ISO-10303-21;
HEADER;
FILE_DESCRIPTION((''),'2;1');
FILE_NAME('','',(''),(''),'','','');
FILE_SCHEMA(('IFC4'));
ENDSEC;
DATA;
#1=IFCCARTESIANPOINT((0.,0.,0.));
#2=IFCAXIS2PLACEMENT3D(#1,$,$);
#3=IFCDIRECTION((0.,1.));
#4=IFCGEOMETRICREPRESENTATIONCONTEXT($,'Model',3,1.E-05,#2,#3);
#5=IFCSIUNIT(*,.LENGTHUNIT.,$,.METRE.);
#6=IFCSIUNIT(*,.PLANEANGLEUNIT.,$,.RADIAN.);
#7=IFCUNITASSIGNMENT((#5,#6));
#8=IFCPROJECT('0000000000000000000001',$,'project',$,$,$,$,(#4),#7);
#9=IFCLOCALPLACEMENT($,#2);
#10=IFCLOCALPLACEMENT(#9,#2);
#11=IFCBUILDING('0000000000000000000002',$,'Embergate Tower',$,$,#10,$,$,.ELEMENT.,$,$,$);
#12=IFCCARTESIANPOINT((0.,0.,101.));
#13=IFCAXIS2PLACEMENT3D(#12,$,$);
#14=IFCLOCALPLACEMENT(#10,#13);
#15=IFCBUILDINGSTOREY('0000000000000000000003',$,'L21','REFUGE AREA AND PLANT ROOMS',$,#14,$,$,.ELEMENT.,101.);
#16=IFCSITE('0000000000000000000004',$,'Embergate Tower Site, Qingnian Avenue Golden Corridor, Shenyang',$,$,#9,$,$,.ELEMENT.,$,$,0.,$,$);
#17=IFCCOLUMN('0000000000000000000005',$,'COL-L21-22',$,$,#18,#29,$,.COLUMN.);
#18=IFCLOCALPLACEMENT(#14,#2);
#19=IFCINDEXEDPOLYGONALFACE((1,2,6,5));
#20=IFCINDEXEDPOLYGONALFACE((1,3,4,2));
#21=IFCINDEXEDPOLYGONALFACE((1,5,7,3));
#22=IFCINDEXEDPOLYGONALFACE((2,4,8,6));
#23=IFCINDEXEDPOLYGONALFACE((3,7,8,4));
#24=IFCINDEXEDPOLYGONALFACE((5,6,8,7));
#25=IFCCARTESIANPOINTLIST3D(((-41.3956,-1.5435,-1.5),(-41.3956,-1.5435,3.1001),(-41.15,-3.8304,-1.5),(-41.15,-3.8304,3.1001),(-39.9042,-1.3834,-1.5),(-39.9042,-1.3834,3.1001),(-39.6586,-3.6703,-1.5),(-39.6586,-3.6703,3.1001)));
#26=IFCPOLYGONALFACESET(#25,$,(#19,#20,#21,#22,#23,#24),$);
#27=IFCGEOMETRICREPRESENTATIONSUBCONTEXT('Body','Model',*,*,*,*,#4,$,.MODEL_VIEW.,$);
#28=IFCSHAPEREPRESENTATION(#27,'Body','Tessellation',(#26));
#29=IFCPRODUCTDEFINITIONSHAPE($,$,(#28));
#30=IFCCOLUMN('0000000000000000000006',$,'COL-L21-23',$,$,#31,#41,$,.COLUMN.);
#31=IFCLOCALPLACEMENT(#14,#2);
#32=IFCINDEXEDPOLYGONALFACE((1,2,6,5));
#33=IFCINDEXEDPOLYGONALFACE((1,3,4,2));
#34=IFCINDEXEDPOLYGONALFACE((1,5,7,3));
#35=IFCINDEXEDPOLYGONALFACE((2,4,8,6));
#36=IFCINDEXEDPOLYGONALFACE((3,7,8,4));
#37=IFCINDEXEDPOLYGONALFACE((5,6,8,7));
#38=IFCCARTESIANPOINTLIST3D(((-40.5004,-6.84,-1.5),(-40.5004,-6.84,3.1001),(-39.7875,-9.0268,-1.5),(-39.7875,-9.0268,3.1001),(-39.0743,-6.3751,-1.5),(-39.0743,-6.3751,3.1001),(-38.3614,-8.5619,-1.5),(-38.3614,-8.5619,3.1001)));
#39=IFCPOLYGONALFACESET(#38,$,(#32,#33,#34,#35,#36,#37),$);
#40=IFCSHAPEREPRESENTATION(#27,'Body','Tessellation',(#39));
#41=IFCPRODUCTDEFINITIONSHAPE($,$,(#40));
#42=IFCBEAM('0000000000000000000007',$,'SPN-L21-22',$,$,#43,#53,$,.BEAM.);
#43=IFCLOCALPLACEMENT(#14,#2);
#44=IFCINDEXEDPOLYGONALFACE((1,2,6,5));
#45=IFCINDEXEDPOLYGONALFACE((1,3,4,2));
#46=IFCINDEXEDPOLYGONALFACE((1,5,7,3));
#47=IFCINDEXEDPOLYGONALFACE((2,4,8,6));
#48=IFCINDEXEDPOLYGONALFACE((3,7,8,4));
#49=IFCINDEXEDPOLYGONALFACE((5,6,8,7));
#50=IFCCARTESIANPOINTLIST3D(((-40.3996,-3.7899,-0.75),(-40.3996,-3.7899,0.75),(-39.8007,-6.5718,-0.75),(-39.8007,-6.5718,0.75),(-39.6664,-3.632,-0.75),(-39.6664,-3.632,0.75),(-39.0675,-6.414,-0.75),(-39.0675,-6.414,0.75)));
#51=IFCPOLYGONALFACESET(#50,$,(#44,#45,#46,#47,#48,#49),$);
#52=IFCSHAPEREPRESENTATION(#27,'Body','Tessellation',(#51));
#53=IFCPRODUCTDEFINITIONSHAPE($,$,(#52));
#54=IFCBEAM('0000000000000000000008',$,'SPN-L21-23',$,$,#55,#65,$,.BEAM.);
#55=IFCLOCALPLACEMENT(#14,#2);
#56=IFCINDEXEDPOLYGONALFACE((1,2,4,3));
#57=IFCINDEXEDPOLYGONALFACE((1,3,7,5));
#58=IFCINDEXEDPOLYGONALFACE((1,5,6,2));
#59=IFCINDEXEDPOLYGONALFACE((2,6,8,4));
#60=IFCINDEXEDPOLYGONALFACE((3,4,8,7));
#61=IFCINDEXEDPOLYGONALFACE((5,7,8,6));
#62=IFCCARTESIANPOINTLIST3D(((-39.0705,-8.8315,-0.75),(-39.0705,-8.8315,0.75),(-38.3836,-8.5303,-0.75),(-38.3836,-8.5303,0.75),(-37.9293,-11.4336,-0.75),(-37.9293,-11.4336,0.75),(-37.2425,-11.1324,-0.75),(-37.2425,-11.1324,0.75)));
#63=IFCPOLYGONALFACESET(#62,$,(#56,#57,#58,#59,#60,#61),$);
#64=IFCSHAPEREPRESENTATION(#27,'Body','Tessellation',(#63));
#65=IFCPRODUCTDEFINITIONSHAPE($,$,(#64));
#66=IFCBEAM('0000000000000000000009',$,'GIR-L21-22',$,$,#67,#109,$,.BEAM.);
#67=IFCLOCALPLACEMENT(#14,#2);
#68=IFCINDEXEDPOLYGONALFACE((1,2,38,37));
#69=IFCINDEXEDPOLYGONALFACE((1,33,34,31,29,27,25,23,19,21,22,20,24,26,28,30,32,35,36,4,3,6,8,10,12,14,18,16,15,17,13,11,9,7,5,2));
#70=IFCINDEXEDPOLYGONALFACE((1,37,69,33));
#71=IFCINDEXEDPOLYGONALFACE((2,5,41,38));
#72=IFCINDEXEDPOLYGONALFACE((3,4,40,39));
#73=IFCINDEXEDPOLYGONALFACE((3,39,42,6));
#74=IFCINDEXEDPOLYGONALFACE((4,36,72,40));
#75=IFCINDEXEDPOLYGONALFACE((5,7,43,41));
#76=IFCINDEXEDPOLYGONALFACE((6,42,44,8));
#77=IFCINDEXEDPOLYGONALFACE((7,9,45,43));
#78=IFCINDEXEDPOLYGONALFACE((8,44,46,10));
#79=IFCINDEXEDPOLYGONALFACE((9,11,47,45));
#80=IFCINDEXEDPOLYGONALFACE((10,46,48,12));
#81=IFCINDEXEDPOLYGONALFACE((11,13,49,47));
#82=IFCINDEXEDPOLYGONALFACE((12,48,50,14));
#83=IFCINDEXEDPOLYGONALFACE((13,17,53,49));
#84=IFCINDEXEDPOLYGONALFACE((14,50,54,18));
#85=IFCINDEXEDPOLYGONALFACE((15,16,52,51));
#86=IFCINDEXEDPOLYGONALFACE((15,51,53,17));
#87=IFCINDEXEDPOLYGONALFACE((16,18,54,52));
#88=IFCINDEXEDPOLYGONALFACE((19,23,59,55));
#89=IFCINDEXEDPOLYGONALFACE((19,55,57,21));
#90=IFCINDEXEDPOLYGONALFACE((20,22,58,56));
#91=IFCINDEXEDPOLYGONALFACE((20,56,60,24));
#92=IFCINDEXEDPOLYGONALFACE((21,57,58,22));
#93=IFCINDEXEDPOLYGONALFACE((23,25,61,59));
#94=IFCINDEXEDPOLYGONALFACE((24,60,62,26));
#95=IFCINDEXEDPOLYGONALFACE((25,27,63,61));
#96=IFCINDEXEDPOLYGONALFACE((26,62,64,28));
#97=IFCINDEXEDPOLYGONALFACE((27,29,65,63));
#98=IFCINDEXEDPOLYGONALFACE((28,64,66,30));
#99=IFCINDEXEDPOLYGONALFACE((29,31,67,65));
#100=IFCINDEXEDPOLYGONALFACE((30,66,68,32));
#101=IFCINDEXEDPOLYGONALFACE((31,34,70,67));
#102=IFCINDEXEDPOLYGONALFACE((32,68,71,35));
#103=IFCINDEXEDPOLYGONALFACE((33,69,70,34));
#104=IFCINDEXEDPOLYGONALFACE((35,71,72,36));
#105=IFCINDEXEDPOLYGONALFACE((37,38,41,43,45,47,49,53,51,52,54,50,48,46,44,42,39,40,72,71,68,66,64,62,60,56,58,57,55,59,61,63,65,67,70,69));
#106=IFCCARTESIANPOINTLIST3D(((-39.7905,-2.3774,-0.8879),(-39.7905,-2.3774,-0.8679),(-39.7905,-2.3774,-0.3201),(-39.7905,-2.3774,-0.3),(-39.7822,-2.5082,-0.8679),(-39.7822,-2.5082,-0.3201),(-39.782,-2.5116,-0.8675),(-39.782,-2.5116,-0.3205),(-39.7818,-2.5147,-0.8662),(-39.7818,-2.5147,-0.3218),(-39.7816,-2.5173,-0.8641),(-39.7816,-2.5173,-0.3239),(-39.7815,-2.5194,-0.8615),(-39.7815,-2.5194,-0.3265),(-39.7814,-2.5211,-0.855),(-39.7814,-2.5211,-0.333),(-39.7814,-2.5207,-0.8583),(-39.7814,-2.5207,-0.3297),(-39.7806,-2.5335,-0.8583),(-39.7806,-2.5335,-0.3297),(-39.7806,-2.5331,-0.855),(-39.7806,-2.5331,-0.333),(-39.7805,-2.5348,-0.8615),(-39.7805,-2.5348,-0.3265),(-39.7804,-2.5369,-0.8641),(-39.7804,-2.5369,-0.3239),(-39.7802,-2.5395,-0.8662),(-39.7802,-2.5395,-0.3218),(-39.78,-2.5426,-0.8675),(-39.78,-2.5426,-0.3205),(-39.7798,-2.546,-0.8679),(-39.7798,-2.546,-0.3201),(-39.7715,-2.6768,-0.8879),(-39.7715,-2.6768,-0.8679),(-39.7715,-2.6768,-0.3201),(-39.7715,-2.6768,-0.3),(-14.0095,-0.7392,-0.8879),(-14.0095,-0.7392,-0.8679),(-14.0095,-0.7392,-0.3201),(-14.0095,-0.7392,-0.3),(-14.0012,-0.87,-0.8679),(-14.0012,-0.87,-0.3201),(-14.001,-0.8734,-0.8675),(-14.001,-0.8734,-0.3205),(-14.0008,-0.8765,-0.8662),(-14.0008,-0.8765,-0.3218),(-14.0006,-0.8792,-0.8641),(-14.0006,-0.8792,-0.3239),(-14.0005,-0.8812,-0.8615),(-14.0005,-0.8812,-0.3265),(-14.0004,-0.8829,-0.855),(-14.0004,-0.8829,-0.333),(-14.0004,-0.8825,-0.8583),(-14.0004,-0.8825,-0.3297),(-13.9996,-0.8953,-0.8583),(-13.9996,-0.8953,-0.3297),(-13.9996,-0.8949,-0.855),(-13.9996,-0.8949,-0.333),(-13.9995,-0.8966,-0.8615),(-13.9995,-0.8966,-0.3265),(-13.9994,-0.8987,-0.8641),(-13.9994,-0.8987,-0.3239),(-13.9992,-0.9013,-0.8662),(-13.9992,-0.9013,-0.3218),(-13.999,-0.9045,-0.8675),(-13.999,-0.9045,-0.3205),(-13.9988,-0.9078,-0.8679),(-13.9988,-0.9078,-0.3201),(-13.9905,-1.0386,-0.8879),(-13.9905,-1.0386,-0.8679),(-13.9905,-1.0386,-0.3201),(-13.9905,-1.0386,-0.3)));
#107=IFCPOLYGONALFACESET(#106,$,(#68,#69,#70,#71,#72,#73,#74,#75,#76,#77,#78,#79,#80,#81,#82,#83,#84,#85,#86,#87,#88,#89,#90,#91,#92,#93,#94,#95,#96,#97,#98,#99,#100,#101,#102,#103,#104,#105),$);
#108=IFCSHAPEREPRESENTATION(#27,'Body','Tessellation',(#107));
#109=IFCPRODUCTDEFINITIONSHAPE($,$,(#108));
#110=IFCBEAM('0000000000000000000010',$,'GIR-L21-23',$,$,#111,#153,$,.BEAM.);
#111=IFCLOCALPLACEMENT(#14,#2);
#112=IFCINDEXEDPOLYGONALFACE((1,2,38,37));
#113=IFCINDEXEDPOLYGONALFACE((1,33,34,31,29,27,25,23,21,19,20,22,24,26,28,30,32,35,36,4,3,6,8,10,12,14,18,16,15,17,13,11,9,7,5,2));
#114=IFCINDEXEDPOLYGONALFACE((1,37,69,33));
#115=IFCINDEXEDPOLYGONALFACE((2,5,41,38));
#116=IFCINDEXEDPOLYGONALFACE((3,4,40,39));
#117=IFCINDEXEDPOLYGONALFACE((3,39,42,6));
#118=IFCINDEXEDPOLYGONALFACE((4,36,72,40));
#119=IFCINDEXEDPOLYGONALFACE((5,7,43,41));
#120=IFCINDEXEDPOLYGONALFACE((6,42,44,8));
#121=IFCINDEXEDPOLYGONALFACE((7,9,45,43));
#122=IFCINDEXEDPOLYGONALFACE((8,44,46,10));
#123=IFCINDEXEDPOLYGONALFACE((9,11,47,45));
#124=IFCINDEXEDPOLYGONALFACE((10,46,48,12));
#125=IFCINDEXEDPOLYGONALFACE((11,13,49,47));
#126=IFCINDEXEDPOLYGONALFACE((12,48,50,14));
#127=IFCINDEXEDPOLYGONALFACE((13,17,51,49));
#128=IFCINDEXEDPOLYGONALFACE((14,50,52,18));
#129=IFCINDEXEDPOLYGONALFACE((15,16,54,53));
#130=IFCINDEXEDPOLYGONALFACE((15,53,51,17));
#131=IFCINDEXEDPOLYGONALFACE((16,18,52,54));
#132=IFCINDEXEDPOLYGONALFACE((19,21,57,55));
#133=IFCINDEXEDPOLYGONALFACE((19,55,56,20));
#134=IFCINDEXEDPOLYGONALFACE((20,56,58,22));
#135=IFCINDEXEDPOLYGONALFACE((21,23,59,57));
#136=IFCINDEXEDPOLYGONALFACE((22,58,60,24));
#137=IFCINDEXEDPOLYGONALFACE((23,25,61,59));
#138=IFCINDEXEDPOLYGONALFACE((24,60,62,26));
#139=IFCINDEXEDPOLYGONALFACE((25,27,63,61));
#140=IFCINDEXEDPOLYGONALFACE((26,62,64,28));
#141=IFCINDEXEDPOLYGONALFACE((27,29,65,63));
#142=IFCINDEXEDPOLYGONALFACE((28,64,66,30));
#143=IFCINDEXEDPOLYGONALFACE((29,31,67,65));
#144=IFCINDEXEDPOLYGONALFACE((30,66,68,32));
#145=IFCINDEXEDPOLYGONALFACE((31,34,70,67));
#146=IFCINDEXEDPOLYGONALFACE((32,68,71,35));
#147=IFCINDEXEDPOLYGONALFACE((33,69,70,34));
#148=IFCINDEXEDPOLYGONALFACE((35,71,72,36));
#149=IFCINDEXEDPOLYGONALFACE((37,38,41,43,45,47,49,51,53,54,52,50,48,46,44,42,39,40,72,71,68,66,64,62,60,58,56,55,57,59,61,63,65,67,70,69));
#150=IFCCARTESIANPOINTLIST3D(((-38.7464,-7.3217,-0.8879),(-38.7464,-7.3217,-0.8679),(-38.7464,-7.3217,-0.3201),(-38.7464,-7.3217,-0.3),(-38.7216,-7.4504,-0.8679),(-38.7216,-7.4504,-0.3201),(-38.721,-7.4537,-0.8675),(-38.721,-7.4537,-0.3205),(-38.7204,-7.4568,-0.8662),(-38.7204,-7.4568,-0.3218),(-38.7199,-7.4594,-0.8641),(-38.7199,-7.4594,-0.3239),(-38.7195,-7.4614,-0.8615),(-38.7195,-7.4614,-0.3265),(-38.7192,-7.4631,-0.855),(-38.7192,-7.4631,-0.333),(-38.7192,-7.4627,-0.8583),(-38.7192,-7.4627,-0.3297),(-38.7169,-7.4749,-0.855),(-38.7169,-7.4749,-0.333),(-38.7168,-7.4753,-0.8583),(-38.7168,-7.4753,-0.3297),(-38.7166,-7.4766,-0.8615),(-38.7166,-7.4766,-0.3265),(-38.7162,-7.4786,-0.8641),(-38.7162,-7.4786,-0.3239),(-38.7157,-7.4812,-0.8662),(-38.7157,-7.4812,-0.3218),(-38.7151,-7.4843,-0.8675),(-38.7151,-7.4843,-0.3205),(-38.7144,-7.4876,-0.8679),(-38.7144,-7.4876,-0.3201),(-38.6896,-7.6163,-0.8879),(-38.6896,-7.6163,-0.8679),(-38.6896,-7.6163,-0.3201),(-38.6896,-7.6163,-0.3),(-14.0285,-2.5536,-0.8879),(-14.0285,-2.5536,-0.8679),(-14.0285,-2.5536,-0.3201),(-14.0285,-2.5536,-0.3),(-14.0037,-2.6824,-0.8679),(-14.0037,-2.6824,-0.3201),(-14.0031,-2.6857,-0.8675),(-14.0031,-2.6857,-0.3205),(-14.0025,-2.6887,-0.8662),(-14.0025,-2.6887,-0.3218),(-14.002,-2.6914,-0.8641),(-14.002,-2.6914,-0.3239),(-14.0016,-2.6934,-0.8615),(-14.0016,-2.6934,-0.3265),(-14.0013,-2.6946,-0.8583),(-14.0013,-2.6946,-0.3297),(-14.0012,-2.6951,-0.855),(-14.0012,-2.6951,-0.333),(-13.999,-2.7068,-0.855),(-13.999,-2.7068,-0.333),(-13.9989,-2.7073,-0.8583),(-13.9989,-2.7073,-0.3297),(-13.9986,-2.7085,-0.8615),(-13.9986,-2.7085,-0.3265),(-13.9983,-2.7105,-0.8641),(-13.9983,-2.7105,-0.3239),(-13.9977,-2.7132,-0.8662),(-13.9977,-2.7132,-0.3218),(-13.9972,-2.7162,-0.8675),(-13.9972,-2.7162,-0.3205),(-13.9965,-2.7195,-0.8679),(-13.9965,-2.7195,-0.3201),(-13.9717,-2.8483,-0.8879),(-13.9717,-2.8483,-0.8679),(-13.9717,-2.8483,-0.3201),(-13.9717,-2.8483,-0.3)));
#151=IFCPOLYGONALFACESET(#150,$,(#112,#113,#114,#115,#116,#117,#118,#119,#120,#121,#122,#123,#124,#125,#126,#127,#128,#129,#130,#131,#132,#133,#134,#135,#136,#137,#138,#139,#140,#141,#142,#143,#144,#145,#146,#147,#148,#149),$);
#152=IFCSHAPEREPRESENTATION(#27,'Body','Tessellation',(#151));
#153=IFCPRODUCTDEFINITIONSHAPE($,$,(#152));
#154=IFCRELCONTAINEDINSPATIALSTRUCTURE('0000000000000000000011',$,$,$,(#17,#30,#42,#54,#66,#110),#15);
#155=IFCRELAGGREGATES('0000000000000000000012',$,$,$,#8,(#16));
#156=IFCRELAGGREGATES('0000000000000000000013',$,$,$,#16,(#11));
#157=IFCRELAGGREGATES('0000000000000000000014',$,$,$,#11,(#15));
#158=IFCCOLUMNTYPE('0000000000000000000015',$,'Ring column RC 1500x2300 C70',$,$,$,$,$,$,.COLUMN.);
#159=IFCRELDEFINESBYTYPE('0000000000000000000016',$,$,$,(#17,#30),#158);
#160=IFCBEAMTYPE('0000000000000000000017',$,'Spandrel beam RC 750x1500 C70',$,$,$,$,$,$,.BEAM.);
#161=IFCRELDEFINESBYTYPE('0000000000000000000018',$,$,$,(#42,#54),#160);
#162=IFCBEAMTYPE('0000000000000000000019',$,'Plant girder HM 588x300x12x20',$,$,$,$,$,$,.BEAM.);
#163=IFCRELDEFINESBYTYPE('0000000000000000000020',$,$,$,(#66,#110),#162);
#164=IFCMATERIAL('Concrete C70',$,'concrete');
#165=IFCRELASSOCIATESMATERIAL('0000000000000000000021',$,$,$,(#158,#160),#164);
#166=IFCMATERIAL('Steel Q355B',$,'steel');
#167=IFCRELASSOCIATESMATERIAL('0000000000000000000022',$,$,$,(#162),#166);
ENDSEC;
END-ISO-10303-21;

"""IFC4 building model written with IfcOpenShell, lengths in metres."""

from ifc_helpers import new_model, si_unit, direction, frame, origin, origin_2d, place, context, subcontext, project, spatial, rectangle, i_section, extrude, source, transform, mapped, material, material_profile, profile_set, type_object, element, save


model = new_model("IFC4")

# Units and contexts
model_context = context("Model", 3, precision=1e-05, world=origin(), true_north=direction((0.0, 1.0)))
body_context = subcontext(model_context, "Body", "Model", "MODEL_VIEW")
ifc_project = project(units=[si_unit("LENGTHUNIT", "METRE"), si_unit("PLANEANGLEUNIT", "RADIAN")], contexts=[model_context])

# Site, building, storey
site_placement = place(None, origin())
site = spatial("IfcSite", under=ifc_project, at=site_placement, Name="Embergate Tower Site, Qingnian Avenue Golden Corridor, Shenyang", CompositionType="ELEMENT", RefElevation=0.0)
building_placement = place(site_placement, origin())
building = spatial("IfcBuilding", under=site, at=building_placement, Name="Embergate Tower", CompositionType="ELEMENT")
storey_placement = place(building_placement, frame((0.0, 0.0, 101.0)))
storey = spatial("IfcBuildingStorey", under=building, at=storey_placement, Name="L21", Description="REFUGE AREA AND PLANT ROOMS", CompositionType="ELEMENT", Elevation=101.0)

# Columns
ifc_material_1 = material(Name="Concrete C70", Category="concrete")
ifc_material_profile_1 = material_profile(ifc_material_1, rectangle(XDim=1.5, YDim=2.3, at=origin_2d()), Name="RC 1500x2300")
ifc_profile_set_1 = profile_set([ifc_material_profile_1], Name="Concrete C70")
column_type = type_object("IfcColumnType", Name="Ring column RC 1500x2300 C70", PredefinedType="COLUMN", material=ifc_profile_set_1)
shared_shape_1 = source(origin(), body_context, "Body", "SweptSolid", [
    extrude(rectangle(XDim=1.5, YDim=2.3, at=origin_2d()), origin(), (0.0, 0.0, 1.0), 4.6001),
])
for number, where, z_axis, x_axis, name in (
    (1, (-40.5271, -2.6069, -1.5), (0.0, 0.0, 1.0), (-0.994286, -0.10675, 0.0), "COL-L21-22"),
    (2, (-39.4309, -7.7009, -1.5), (0.0, 0.0, 1.0), (-0.950754, -0.309946, 0.0), "COL-L21-23"),
):
    element("IfcColumn", number, at=place(storey_placement, frame(where, z_axis=z_axis, x_axis=x_axis)), inside=storey, type_object=column_type, Name=name, PredefinedType="COLUMN", context=body_context, shape_type="MappedRepresentation", body=[
        mapped(shared_shape_1, transform((0.0, 0.0, 0.0))),
    ])

# Beams
ifc_material_profile_2 = material_profile(ifc_material_1, rectangle(XDim=0.75, YDim=1.5, at=origin_2d()), Name="RC 750x1500")
ifc_profile_set_2 = profile_set([ifc_material_profile_2], Name="Concrete C70")
beam_type_1 = type_object("IfcBeamType", Name="Spandrel beam RC 750x1500 C70", PredefinedType="BEAM", material=ifc_profile_set_2)
shared_shape_2 = source(origin(), body_context, "Body", "SweptSolid", [
    extrude(rectangle(XDim=0.75, YDim=1.5, at=origin_2d()), origin(), (0.0, 0.0, 1.0), 2.8457),
])
beam_1_placement = place(storey_placement, frame((-40.033, -3.7109, 0.0), z_axis=(0.210449, -0.977605, 0.0), x_axis=(0.977605, 0.210449, 0.0)))
element("IfcBeam", 3, at=beam_1_placement, inside=storey, type_object=beam_type_1, Name="SPN-L21-22", PredefinedType="BEAM", context=body_context, shape_type="MappedRepresentation", body=[
    mapped(shared_shape_2, transform((0.0, 0.0, 0.0))),
])
shared_shape_3 = source(origin(), body_context, "Body", "SweptSolid", [
    extrude(rectangle(XDim=0.75, YDim=1.5, at=origin_2d()), origin(), (0.0, 0.0, 1.0), 2.8413),
])
beam_2_placement = place(storey_placement, frame((-38.7271, -8.6809, 0.0), z_axis=(0.401621, -0.915806, 0.0), x_axis=(0.915806, 0.401621, 0.0)))
element("IfcBeam", 4, at=beam_2_placement, inside=storey, type_object=beam_type_1, Name="SPN-L21-23", PredefinedType="BEAM", context=body_context, shape_type="MappedRepresentation", body=[
    mapped(shared_shape_3, transform((0.0, 0.0, 0.0))),
])
ifc_material_2 = material(Name="Steel Q355B", Category="steel")
ifc_material_profile_3 = material_profile(ifc_material_2, i_section(OverallWidth=0.3, OverallDepth=0.5879, WebThickness=0.012, FlangeThickness=0.02, FilletRadius=0.0129, at=origin_2d()), Name="HM 588x300x12x20")
ifc_profile_set_3 = profile_set([ifc_material_profile_3], Name="Steel Q355 grade B")
beam_type_2 = type_object("IfcBeamType", Name="Plant girder HM 588x300x12x20", PredefinedType="BEAM", material=ifc_profile_set_3)
shared_shape_4 = source(origin(), body_context, "Body", "SweptSolid", [
    extrude(i_section(OverallWidth=0.3, OverallDepth=0.5879, WebThickness=0.012, FlangeThickness=0.02, FilletRadius=0.0129, at=origin_2d()), origin(), (0.0, 0.0, 1.0), 25.833),
])
beam_3_placement = place(storey_placement, frame((-39.781, -2.5271, -0.594), z_axis=(0.997987, 0.063414, 0.0), x_axis=(-0.063414, 0.997987, 0.0)))
element("IfcBeam", 5, at=beam_3_placement, inside=storey, type_object=beam_type_2, Name="GIR-L21-22", PredefinedType="BEAM", context=body_context, shape_type="MappedRepresentation", body=[
    mapped(shared_shape_4, transform((0.0, 0.0, 0.0))),
])
shared_shape_5 = source(origin(), body_context, "Body", "SweptSolid", [
    extrude(i_section(OverallWidth=0.3, OverallDepth=0.5879, WebThickness=0.012, FlangeThickness=0.02, FilletRadius=0.0129, at=origin_2d()), origin(), (0.0, 0.0, 1.0), 25.1736),
])
beam_4_placement = place(storey_placement, frame((-38.718, -7.469, -0.594), z_axis=(0.981899, 0.189407, 0.0), x_axis=(-0.189407, 0.981899, 0.0)))
element("IfcBeam", 6, at=beam_4_placement, inside=storey, type_object=beam_type_2, Name="GIR-L21-23", PredefinedType="BEAM", context=body_context, shape_type="MappedRepresentation", body=[
    mapped(shared_shape_5, transform((0.0, 0.0, 0.0))),
])

save(model, "model.ifc")
